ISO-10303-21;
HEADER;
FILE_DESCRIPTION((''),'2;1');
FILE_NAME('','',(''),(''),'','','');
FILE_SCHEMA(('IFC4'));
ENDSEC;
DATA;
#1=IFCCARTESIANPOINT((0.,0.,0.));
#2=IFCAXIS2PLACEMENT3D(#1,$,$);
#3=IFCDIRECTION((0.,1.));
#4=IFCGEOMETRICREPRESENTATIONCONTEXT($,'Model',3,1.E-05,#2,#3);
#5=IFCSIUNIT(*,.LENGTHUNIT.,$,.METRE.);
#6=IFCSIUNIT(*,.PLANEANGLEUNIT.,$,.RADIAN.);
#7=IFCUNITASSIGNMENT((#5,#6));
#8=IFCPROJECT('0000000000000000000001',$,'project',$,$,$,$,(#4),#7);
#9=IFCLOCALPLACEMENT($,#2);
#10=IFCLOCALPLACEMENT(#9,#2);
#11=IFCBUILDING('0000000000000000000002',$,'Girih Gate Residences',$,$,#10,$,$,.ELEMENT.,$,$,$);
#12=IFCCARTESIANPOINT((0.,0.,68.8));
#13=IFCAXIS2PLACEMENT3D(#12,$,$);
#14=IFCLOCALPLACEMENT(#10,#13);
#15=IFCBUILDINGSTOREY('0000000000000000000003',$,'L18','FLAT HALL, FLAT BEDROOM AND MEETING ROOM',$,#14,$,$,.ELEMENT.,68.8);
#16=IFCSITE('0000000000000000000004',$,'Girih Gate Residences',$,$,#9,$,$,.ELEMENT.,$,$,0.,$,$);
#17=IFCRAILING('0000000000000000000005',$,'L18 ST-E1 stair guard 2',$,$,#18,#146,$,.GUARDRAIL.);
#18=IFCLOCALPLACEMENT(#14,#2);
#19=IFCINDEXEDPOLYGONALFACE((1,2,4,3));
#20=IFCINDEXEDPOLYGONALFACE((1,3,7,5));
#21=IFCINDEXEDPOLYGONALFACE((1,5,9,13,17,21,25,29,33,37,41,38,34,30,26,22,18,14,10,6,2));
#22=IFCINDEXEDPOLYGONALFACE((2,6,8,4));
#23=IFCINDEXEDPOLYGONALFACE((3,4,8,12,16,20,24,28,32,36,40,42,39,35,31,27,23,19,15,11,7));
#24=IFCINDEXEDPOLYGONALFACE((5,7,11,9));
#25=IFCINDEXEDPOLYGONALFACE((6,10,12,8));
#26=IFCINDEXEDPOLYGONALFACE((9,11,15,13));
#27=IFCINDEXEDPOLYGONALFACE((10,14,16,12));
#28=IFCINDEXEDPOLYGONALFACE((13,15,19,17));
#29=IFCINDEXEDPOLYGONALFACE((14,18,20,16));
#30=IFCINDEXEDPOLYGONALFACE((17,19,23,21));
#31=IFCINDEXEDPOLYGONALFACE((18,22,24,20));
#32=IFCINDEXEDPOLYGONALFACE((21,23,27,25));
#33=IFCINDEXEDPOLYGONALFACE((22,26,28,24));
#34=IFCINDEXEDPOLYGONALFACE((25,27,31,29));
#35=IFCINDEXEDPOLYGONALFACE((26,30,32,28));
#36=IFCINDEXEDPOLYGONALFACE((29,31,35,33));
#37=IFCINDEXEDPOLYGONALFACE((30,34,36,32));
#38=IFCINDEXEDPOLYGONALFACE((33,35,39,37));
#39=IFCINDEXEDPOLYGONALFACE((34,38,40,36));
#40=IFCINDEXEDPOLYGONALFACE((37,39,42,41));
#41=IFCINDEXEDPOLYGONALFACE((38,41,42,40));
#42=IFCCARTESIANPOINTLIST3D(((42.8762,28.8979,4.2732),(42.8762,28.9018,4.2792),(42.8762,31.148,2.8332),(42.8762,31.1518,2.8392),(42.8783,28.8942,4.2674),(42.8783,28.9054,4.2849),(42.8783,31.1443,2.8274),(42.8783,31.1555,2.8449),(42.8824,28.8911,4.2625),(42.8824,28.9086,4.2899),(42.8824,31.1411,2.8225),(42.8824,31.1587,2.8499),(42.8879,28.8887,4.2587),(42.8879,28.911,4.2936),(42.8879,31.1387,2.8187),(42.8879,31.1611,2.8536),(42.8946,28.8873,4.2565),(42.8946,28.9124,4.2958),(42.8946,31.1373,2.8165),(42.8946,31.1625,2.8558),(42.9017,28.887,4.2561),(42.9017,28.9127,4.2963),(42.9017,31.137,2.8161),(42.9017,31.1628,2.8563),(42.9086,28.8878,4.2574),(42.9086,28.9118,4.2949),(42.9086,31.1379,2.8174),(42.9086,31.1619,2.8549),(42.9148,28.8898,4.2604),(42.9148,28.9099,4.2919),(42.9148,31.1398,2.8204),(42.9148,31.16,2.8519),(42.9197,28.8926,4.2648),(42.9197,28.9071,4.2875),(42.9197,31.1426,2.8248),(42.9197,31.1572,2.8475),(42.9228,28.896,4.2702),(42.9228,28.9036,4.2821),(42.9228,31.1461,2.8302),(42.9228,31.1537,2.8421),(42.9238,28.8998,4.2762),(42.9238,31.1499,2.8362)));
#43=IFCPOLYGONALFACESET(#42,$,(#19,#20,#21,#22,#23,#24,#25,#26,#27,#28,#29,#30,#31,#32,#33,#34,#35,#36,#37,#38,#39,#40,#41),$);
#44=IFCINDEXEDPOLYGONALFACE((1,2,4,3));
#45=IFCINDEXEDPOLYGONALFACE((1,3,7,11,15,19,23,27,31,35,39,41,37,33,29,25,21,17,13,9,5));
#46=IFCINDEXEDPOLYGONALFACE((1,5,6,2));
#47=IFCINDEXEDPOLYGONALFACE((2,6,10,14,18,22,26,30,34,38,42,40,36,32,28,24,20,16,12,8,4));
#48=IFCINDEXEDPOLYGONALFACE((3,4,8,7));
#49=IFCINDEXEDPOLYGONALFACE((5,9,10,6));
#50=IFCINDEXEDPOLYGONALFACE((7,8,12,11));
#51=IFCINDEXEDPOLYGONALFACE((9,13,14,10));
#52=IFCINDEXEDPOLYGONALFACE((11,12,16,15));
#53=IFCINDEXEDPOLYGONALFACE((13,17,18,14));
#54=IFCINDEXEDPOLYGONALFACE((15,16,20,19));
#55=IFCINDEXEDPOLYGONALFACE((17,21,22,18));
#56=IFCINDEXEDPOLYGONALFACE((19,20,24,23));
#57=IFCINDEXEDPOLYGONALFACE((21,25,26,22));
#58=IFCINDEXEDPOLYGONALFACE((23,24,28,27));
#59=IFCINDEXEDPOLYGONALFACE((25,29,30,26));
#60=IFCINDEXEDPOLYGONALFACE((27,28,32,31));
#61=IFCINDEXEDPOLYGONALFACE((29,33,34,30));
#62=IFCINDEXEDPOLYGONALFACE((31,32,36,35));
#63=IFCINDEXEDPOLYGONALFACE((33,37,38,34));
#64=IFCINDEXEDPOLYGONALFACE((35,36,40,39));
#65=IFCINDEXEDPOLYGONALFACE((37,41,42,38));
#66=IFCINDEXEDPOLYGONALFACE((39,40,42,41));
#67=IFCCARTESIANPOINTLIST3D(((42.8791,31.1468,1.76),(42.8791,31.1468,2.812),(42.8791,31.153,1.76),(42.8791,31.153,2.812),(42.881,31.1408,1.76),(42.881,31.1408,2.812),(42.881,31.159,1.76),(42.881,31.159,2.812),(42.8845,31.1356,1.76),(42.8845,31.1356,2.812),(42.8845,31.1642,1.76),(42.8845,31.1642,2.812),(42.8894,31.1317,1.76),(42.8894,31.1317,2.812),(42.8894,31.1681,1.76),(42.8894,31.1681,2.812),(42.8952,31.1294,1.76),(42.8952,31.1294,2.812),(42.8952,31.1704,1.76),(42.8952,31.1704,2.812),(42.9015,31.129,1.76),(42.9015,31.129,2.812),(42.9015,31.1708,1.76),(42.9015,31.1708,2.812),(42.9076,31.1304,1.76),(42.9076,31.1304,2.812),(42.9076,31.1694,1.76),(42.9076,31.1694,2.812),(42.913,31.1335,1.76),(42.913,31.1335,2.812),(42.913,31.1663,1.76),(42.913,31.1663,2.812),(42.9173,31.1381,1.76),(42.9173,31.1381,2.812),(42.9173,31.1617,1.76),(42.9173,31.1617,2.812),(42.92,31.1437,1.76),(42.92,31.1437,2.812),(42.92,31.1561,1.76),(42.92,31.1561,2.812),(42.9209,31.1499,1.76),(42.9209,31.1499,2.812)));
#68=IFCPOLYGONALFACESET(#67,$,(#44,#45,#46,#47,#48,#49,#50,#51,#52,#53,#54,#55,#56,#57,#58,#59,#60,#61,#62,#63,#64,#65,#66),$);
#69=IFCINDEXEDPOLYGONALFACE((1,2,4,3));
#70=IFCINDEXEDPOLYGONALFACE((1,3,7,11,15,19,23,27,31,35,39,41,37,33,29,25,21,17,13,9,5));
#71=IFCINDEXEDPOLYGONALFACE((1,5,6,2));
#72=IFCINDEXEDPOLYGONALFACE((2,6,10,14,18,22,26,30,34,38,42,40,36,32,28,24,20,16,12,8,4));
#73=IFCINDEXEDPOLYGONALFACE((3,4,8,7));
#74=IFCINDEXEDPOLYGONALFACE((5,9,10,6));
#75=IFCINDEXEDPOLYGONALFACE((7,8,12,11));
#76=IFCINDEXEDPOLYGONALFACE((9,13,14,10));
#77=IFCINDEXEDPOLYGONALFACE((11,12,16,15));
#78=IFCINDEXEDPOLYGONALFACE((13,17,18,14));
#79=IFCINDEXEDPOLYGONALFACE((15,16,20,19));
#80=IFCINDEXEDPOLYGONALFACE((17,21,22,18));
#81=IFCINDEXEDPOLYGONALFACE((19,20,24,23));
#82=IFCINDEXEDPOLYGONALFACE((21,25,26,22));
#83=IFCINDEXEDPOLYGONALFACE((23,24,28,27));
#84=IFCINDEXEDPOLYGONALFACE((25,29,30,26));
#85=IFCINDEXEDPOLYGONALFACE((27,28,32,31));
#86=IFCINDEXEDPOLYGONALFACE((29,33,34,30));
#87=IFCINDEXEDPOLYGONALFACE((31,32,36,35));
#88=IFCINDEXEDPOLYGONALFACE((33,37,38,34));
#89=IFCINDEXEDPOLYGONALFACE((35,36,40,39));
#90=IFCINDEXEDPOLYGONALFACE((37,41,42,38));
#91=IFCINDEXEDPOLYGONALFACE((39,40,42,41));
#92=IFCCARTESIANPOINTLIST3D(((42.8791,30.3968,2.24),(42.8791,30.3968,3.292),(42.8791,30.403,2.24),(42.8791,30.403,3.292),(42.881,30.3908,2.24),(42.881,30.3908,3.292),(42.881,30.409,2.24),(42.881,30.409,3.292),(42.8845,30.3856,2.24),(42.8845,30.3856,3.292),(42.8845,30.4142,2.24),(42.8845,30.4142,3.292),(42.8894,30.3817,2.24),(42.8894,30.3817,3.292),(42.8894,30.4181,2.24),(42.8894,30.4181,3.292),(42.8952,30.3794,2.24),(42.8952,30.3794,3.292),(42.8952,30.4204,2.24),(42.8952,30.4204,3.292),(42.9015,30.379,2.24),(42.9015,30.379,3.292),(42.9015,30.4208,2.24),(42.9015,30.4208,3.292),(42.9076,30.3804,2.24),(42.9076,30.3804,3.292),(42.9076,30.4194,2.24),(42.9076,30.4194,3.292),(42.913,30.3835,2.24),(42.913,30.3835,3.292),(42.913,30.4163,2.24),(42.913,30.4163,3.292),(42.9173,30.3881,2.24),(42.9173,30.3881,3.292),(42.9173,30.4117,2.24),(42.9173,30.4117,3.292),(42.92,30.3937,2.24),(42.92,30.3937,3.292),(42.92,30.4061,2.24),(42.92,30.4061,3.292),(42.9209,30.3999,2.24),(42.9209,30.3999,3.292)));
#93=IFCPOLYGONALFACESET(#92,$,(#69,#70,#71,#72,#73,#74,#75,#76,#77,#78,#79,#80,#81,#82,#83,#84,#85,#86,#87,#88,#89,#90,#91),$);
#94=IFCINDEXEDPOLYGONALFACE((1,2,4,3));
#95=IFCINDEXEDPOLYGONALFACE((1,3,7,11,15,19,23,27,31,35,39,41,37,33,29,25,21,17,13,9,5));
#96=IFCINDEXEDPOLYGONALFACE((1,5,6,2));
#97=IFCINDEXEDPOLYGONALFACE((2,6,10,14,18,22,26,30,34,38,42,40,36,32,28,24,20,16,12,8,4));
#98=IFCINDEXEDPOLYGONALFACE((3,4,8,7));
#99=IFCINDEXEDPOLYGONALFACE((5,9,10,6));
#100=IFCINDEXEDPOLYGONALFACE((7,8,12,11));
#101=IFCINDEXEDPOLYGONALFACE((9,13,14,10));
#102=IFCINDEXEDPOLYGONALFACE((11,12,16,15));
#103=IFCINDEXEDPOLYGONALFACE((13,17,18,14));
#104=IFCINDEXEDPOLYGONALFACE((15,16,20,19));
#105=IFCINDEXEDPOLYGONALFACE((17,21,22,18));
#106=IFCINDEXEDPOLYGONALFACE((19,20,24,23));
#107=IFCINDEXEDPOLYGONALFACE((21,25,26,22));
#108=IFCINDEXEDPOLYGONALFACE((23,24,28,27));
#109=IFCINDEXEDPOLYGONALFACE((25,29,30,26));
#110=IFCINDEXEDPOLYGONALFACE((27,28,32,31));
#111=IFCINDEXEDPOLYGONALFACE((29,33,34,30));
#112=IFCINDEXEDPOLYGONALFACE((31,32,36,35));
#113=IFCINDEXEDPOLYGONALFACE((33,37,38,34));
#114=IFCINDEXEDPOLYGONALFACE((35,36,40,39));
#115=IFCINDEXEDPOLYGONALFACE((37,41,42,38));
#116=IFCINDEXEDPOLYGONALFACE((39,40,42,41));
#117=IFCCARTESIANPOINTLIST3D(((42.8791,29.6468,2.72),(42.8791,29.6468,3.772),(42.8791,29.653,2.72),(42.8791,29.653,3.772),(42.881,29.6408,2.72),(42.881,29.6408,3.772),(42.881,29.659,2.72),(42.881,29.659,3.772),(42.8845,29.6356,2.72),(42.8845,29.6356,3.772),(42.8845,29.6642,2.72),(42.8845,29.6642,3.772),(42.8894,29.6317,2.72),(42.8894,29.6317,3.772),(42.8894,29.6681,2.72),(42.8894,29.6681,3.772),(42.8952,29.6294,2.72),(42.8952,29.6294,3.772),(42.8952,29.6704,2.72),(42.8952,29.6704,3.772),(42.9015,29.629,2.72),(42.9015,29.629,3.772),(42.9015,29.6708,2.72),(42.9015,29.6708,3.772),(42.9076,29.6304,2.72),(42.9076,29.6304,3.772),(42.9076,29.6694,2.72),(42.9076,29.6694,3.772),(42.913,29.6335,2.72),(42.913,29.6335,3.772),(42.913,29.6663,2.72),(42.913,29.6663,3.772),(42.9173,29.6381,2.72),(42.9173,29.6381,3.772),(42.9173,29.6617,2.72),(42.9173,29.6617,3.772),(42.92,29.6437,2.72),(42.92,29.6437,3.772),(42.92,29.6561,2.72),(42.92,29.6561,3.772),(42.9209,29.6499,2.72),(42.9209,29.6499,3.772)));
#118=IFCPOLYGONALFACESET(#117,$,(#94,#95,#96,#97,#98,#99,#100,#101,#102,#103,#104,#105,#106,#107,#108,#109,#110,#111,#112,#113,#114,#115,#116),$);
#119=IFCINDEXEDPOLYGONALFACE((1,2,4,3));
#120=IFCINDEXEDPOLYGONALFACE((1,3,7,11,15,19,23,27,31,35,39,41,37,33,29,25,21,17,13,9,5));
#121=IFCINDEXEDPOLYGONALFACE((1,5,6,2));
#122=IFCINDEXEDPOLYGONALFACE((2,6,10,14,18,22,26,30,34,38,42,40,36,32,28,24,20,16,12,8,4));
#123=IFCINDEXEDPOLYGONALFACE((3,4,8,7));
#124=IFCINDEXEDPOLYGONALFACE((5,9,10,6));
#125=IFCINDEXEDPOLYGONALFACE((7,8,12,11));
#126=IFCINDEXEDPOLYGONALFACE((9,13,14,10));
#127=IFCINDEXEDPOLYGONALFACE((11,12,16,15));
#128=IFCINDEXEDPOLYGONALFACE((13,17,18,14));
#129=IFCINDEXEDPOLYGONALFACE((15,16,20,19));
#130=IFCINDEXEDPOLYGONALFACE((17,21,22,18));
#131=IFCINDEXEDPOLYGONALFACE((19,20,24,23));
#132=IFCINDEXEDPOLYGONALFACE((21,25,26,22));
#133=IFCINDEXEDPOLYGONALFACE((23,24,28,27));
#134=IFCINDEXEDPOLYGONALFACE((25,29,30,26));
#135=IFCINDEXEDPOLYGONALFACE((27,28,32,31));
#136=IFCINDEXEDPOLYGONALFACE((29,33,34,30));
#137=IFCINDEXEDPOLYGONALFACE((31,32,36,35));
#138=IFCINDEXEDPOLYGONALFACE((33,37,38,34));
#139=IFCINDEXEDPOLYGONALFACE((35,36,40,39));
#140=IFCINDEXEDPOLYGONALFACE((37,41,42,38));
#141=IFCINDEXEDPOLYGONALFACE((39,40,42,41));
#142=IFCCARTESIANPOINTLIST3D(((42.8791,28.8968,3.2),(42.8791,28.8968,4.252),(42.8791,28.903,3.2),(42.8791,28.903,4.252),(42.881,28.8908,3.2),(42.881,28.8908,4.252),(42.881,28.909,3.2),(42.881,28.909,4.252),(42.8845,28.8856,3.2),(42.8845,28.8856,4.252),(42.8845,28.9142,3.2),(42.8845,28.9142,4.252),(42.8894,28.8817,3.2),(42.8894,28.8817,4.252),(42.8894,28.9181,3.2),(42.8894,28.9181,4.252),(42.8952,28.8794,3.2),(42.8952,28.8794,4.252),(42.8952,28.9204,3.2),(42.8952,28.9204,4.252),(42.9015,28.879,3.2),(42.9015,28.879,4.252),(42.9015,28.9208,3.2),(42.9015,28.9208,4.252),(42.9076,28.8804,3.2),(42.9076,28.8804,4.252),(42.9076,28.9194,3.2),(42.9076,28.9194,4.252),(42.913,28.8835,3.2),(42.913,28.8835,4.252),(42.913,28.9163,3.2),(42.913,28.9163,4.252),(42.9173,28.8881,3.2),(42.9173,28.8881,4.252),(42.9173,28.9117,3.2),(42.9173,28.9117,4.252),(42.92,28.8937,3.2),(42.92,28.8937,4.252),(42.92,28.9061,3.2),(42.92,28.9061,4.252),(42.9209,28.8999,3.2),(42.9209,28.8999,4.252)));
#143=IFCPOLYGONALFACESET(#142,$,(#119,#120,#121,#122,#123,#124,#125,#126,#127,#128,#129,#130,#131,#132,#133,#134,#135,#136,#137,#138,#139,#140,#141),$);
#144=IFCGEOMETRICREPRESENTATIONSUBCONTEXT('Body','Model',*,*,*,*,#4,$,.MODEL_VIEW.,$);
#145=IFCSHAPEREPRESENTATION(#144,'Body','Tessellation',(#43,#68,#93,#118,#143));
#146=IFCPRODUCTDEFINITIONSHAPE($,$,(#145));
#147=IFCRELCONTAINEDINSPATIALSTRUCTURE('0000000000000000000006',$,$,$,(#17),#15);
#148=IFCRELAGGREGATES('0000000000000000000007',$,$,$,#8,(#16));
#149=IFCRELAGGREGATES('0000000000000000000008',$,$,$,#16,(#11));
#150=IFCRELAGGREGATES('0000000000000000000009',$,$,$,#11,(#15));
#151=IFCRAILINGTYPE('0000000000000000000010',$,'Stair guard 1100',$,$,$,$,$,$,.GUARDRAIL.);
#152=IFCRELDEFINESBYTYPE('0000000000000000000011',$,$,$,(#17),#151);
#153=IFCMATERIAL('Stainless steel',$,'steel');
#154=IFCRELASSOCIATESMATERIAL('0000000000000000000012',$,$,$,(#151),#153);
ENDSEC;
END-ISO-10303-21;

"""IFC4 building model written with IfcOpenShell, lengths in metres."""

from ifc_helpers import new_model, si_unit, direction, frame, origin, origin_2d, place, context, subcontext, project, spatial, circle, extrude, material, type_object, element, save


model = new_model("IFC4")

# Units and contexts
model_context = context("Model", 3, precision=1e-05, world=origin(), true_north=direction((0.0, 1.0)))
body_context = subcontext(model_context, "Body", "Model", "MODEL_VIEW")
ifc_project = project(units=[si_unit("LENGTHUNIT", "METRE"), si_unit("PLANEANGLEUNIT", "RADIAN")], contexts=[model_context])

# Site, building, storey
site_placement = place(None, origin())
site = spatial("IfcSite", under=ifc_project, at=site_placement, Name="Girih Gate Residences", CompositionType="ELEMENT", RefElevation=0.0)
building_placement = place(site_placement, origin())
building = spatial("IfcBuilding", under=site, at=building_placement, Name="Girih Gate Residences", CompositionType="ELEMENT")
storey_placement = place(building_placement, frame((0.0, 0.0, 68.8)))
storey = spatial("IfcBuildingStorey", under=building, at=storey_placement, Name="L18", Description="FLAT HALL, FLAT BEDROOM AND MEETING ROOM", CompositionType="ELEMENT", Elevation=68.8)

# Railing
ifc_material_1 = material(Name="Stainless steel", Category="steel")
railing_type_1 = type_object("IfcRailingType", Name="Stair guard 1100", PredefinedType="GUARDRAIL", material=ifc_material_1)
railing_1_placement = place(storey_placement, frame((42.8999, 31.1499, 1.76)))
element("IfcRailing", 1, at=railing_1_placement, inside=storey, type_object=railing_type_1, Name="L18 ST-E1 stair guard 2", PredefinedType="GUARDRAIL", context=body_context, shape_type="SweptSolid", body=[
    extrude(circle(Radius=0.0239, at=origin_2d()), frame((0.0, 0.0, 1.0762), z_axis=(0.0, -0.842281, 0.539038), x_axis=(1.0, 0.0, 0.0)), (0.0, 0.0, 1.0), 2.6714),
    extrude(circle(Radius=0.021, at=origin_2d()), origin(), (0.0, 0.0, 1.0), 1.052),
    extrude(circle(Radius=0.021, at=origin_2d()), frame((0.0, -0.75, 0.48)), (0.0, 0.0, 1.0), 1.052),
    extrude(circle(Radius=0.021, at=origin_2d()), frame((0.0, -1.5, 0.96)), (0.0, 0.0, 1.0), 1.052),
    extrude(circle(Radius=0.021, at=origin_2d()), frame((0.0, -2.25, 1.4399)), (0.0, 0.0, 1.0), 1.052),
])

save(model, "model.ifc")
